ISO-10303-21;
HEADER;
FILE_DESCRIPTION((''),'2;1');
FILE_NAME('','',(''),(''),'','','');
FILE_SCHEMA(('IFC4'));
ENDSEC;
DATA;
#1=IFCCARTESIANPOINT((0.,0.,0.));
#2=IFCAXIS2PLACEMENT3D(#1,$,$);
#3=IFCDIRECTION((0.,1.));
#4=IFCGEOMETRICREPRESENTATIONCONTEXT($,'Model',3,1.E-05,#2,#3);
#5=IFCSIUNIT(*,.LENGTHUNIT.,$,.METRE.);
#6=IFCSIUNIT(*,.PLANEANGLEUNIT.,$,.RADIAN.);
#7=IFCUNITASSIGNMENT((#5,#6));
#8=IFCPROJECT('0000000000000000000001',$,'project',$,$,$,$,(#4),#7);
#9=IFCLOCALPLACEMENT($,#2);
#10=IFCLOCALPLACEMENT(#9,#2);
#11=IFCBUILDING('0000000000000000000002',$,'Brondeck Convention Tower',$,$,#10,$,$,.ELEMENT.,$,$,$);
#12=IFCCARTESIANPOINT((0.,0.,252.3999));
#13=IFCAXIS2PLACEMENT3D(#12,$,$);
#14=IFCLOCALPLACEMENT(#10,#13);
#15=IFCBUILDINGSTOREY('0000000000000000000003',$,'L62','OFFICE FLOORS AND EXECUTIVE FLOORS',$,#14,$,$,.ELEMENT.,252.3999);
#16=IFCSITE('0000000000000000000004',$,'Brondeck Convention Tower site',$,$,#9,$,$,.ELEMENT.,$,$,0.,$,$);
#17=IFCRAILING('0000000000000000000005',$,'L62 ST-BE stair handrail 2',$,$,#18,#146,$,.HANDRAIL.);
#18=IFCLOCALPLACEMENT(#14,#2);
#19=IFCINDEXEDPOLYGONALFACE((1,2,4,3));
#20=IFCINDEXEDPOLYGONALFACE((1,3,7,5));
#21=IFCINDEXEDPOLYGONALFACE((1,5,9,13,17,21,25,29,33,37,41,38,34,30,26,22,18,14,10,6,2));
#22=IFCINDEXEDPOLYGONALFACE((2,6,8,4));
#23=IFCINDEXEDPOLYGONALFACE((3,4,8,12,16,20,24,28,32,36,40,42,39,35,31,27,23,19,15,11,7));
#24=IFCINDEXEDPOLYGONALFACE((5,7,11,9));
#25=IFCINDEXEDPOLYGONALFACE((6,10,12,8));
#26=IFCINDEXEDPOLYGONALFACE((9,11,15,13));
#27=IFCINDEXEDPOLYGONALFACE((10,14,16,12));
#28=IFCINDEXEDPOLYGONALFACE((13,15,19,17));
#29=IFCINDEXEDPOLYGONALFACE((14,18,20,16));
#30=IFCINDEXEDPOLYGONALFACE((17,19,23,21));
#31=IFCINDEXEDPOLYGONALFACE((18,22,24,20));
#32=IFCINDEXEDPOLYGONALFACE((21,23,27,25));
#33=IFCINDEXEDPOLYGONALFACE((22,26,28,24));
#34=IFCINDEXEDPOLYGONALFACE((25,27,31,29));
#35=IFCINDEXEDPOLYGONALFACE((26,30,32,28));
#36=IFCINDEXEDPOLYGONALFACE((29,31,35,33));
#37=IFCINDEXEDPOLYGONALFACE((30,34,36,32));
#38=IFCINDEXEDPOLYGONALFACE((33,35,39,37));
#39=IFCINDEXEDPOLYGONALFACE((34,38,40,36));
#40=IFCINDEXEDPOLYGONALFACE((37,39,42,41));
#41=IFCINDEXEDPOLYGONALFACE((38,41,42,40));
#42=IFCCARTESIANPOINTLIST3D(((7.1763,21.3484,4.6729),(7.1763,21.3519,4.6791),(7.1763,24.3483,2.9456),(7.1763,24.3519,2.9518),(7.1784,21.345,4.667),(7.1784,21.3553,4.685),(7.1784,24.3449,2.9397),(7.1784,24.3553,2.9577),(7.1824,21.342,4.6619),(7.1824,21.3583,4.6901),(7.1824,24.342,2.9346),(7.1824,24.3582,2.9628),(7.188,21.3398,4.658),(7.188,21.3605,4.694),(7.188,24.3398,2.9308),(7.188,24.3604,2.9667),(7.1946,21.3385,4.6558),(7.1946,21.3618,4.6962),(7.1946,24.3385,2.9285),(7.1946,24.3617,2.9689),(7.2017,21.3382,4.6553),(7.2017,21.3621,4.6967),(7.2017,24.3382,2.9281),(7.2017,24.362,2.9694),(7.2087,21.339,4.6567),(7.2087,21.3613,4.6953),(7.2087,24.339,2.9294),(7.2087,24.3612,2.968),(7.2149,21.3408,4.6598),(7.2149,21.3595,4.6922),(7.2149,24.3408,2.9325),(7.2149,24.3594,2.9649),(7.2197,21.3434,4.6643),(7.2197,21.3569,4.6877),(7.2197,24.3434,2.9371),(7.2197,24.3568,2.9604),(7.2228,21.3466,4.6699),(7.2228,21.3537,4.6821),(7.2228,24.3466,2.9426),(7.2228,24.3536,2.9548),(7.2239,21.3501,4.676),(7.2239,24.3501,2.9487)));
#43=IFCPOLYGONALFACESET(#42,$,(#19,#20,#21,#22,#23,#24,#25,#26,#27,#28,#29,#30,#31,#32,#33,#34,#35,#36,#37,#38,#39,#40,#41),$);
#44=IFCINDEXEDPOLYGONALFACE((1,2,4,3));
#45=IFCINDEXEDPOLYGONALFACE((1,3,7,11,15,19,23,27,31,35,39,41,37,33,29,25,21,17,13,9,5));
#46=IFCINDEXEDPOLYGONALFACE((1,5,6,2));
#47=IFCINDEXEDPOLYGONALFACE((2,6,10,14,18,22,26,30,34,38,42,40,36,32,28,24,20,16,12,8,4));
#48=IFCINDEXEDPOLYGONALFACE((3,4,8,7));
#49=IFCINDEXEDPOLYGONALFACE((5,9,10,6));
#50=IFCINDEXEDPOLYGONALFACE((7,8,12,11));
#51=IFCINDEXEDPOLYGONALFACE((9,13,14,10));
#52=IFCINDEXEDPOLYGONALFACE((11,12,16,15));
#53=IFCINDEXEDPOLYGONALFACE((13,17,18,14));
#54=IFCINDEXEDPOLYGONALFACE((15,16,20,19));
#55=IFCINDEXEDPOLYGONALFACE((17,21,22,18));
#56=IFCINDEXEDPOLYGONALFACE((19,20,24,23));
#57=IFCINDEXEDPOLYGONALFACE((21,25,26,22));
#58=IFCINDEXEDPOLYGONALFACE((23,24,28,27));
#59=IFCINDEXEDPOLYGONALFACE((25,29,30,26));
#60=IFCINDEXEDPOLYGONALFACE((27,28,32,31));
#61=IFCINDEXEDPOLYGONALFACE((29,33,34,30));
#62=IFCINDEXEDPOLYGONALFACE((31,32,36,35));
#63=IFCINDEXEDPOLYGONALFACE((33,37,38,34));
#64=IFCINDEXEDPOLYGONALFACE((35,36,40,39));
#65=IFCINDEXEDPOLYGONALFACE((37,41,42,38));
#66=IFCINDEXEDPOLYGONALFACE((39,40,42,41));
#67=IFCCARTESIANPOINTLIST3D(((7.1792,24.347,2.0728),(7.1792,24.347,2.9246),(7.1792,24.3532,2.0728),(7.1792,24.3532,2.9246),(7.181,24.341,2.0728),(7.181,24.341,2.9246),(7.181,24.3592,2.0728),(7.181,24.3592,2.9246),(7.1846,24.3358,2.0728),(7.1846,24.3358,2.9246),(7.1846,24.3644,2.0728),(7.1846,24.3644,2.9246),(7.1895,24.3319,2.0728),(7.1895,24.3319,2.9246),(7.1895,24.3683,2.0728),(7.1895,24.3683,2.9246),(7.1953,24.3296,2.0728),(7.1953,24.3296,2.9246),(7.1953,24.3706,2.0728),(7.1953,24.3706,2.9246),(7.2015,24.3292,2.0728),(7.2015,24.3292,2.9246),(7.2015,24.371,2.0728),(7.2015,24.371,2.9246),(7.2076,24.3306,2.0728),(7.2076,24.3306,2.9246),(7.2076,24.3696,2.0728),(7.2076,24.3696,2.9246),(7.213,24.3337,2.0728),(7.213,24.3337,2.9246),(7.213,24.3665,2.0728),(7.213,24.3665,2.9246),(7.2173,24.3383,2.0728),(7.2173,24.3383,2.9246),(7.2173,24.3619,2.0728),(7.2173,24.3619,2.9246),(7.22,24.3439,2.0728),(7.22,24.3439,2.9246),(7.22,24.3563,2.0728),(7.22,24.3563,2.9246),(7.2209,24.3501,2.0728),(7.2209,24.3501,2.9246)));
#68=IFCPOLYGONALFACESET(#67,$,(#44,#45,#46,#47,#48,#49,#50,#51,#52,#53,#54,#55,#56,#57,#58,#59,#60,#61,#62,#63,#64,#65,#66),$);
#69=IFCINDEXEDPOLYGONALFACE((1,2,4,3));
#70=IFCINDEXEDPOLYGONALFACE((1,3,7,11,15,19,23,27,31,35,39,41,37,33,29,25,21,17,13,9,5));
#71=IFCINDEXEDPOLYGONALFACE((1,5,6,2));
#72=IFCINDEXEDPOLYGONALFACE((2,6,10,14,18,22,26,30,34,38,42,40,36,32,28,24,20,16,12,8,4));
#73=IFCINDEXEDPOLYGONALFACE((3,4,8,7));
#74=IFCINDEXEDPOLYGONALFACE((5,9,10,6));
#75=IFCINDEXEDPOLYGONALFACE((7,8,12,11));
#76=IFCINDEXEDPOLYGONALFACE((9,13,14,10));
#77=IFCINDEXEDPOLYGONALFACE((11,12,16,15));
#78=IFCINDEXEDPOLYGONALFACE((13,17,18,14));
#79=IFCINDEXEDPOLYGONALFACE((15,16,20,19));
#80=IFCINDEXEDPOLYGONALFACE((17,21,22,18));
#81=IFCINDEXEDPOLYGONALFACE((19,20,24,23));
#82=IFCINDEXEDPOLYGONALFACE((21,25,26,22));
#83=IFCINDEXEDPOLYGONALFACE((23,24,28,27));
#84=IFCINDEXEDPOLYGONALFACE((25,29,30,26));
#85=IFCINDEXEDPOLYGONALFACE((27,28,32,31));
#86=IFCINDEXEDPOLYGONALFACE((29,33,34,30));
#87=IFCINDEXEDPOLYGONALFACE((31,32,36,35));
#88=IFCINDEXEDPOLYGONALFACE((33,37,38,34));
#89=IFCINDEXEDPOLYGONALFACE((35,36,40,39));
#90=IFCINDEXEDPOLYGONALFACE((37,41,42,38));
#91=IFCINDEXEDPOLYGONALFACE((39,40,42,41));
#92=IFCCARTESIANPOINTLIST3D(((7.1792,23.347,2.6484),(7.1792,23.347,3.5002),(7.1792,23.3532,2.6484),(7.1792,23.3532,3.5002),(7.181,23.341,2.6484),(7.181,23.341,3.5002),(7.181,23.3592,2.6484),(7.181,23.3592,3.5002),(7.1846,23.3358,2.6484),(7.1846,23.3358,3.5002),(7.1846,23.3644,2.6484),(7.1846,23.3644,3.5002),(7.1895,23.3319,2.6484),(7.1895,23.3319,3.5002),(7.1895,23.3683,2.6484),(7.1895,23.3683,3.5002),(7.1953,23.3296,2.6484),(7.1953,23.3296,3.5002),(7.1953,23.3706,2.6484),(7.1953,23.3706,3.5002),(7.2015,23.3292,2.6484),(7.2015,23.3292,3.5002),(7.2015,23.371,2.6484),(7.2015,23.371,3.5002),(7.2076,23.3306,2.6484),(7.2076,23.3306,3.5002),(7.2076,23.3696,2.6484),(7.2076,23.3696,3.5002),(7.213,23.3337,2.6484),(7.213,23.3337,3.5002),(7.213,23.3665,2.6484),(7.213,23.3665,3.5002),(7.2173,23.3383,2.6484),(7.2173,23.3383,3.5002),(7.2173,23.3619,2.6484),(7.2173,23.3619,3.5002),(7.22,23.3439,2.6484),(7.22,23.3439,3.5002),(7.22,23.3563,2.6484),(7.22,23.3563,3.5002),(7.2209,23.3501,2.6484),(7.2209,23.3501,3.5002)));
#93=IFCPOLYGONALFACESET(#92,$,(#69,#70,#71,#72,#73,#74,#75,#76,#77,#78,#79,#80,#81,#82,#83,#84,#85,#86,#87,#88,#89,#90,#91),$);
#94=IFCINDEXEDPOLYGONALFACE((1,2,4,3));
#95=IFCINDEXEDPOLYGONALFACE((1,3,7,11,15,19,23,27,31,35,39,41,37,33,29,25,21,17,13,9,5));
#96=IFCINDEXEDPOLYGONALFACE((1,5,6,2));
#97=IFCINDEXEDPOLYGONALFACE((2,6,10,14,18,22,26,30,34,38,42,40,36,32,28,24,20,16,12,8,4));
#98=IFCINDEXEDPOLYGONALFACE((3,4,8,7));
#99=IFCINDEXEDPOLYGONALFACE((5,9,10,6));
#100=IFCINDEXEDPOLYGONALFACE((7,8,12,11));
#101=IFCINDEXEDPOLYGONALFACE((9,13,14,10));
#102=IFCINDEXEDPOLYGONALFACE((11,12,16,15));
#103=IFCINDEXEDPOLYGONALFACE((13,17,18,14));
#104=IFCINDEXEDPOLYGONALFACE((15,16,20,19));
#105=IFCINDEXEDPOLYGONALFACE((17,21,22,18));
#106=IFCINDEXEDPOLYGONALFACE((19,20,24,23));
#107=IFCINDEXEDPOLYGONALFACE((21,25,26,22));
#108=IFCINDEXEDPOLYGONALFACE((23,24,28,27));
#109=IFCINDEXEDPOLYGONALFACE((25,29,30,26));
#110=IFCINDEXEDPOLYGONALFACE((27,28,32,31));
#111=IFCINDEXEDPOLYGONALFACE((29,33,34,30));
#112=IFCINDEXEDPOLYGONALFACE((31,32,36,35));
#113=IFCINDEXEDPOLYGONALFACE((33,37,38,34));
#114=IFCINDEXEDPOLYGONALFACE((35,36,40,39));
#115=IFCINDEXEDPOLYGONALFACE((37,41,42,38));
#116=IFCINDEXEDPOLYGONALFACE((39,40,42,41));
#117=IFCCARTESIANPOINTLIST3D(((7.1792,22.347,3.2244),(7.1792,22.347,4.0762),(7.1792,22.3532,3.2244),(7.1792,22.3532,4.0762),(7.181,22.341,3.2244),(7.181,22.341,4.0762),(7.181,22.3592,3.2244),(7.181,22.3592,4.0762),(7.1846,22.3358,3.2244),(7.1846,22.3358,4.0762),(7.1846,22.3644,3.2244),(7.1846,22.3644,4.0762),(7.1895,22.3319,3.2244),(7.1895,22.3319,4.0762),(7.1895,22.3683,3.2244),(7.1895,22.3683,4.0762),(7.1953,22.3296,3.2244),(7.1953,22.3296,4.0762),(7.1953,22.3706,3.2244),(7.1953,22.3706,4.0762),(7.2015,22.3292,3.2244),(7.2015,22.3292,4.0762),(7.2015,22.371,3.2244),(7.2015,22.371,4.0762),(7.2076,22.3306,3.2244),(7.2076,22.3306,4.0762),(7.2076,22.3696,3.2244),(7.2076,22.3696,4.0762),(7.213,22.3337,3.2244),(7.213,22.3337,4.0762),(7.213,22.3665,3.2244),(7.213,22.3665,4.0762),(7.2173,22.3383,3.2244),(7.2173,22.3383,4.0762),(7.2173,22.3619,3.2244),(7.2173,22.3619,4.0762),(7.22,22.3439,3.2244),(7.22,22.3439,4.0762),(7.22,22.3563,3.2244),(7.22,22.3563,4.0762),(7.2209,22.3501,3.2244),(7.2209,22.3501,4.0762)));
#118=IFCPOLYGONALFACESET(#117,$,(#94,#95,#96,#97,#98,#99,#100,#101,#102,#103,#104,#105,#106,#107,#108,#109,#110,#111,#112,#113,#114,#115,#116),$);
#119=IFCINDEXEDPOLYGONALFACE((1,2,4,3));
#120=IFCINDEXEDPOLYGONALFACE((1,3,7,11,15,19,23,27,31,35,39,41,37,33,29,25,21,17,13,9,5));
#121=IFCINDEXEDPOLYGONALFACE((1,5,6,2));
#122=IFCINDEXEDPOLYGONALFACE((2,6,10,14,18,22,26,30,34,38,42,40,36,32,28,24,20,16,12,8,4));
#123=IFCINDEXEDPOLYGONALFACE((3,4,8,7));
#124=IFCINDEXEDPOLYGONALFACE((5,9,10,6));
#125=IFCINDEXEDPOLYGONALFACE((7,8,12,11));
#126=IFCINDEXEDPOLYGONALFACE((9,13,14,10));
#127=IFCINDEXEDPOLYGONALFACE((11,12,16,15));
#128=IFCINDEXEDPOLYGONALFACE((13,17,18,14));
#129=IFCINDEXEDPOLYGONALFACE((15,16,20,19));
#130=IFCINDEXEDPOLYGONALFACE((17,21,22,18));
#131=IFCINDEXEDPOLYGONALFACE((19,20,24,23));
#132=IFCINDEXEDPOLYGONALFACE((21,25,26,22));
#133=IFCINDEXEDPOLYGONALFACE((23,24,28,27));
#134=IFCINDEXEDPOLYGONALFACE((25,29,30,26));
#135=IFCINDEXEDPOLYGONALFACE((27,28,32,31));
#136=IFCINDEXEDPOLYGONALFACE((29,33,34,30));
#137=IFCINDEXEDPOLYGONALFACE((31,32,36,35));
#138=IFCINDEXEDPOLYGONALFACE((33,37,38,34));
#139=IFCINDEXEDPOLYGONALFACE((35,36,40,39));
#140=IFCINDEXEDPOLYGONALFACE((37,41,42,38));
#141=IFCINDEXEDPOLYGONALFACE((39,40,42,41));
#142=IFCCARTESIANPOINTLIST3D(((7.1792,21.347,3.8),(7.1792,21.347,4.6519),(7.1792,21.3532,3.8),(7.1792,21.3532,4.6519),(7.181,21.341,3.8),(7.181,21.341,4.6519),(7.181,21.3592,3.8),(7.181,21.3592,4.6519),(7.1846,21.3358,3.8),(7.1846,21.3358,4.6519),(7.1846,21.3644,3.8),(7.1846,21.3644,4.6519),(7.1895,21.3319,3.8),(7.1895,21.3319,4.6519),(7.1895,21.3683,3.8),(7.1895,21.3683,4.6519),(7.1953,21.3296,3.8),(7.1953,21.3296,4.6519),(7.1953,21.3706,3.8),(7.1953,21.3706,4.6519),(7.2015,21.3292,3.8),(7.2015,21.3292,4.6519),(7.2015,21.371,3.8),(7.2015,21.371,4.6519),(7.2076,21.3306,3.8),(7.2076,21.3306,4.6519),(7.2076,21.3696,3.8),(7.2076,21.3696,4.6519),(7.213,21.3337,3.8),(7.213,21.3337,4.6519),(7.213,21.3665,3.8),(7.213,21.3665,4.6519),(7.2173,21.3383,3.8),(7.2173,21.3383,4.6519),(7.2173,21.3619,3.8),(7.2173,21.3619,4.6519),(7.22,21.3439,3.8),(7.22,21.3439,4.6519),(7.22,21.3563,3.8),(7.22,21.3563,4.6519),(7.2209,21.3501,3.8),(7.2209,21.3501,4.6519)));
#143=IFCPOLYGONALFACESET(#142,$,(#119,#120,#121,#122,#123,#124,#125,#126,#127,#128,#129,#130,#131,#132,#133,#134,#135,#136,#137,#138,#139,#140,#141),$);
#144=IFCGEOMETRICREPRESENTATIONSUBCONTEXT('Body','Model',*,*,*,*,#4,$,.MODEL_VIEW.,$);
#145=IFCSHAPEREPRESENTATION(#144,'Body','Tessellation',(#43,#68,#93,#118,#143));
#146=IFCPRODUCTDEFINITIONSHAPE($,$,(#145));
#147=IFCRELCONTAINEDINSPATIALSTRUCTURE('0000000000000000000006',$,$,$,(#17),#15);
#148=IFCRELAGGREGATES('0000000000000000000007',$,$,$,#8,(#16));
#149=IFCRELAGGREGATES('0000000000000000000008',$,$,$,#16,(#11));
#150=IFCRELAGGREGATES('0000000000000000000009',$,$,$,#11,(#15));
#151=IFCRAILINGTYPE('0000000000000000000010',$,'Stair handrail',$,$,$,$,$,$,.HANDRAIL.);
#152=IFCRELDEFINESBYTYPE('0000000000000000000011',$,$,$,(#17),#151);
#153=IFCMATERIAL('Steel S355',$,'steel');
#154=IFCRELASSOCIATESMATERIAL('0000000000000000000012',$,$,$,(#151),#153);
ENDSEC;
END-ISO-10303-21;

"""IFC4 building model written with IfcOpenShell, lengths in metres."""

from ifc_helpers import new_model, si_unit, direction, frame, origin, origin_2d, place, context, subcontext, project, spatial, circle, extrude, material, type_object, element, save


model = new_model("IFC4")

# Units and contexts
model_context = context("Model", 3, precision=1e-05, world=origin(), true_north=direction((0.0, 1.0)))
body_context = subcontext(model_context, "Body", "Model", "MODEL_VIEW")
ifc_project = project(units=[si_unit("LENGTHUNIT", "METRE"), si_unit("PLANEANGLEUNIT", "RADIAN")], contexts=[model_context])

# Site, building, storey
site_placement = place(None, origin())
site = spatial("IfcSite", under=ifc_project, at=site_placement, Name="Brondeck Convention Tower site", CompositionType="ELEMENT", RefElevation=0.0)
building_placement = place(site_placement, origin())
building = spatial("IfcBuilding", under=site, at=building_placement, Name="Brondeck Convention Tower", CompositionType="ELEMENT")
storey_placement = place(building_placement, frame((0.0, 0.0, 252.3999)))
storey = spatial("IfcBuildingStorey", under=building, at=storey_placement, Name="L62", Description="OFFICE FLOORS AND EXECUTIVE FLOORS", CompositionType="ELEMENT", Elevation=252.3999)

# Shared definitions
ifc_material_1 = material(Name="Steel S355", Category="steel")

# Railing
railing_type = type_object("IfcRailingType", Name="Stair handrail", PredefinedType="HANDRAIL", material=ifc_material_1)
railing_1_placement = place(storey_placement, frame((7.2, 24.3501, 2.0728)))
element("IfcRailing", 1, at=railing_1_placement, inside=storey, type_object=railing_type, Name="L62 ST-BE stair handrail 2", PredefinedType="HANDRAIL", context=body_context, shape_type="SweptSolid", body=[
    extrude(circle(Radius=0.0239, at=origin_2d()), frame((0.0, 0.0, 0.876), z_axis=(0.0, -0.86662, 0.498969), x_axis=(1.0, 0.0, 0.0)), (0.0, 0.0, 1.0), 3.4617),
    extrude(circle(Radius=0.021, at=origin_2d()), origin(), (0.0, 0.0, 1.0), 0.8518),
    extrude(circle(Radius=0.021, at=origin_2d()), frame((0.0, -1.0, 0.5757)), (0.0, 0.0, 1.0), 0.8518),
    extrude(circle(Radius=0.021, at=origin_2d()), frame((0.0, -2.0, 1.1516)), (0.0, 0.0, 1.0), 0.8518),
    extrude(circle(Radius=0.021, at=origin_2d()), frame((0.0, -3.0, 1.7273)), (0.0, 0.0, 1.0), 0.8518),
])

save(model, "model.ifc")
